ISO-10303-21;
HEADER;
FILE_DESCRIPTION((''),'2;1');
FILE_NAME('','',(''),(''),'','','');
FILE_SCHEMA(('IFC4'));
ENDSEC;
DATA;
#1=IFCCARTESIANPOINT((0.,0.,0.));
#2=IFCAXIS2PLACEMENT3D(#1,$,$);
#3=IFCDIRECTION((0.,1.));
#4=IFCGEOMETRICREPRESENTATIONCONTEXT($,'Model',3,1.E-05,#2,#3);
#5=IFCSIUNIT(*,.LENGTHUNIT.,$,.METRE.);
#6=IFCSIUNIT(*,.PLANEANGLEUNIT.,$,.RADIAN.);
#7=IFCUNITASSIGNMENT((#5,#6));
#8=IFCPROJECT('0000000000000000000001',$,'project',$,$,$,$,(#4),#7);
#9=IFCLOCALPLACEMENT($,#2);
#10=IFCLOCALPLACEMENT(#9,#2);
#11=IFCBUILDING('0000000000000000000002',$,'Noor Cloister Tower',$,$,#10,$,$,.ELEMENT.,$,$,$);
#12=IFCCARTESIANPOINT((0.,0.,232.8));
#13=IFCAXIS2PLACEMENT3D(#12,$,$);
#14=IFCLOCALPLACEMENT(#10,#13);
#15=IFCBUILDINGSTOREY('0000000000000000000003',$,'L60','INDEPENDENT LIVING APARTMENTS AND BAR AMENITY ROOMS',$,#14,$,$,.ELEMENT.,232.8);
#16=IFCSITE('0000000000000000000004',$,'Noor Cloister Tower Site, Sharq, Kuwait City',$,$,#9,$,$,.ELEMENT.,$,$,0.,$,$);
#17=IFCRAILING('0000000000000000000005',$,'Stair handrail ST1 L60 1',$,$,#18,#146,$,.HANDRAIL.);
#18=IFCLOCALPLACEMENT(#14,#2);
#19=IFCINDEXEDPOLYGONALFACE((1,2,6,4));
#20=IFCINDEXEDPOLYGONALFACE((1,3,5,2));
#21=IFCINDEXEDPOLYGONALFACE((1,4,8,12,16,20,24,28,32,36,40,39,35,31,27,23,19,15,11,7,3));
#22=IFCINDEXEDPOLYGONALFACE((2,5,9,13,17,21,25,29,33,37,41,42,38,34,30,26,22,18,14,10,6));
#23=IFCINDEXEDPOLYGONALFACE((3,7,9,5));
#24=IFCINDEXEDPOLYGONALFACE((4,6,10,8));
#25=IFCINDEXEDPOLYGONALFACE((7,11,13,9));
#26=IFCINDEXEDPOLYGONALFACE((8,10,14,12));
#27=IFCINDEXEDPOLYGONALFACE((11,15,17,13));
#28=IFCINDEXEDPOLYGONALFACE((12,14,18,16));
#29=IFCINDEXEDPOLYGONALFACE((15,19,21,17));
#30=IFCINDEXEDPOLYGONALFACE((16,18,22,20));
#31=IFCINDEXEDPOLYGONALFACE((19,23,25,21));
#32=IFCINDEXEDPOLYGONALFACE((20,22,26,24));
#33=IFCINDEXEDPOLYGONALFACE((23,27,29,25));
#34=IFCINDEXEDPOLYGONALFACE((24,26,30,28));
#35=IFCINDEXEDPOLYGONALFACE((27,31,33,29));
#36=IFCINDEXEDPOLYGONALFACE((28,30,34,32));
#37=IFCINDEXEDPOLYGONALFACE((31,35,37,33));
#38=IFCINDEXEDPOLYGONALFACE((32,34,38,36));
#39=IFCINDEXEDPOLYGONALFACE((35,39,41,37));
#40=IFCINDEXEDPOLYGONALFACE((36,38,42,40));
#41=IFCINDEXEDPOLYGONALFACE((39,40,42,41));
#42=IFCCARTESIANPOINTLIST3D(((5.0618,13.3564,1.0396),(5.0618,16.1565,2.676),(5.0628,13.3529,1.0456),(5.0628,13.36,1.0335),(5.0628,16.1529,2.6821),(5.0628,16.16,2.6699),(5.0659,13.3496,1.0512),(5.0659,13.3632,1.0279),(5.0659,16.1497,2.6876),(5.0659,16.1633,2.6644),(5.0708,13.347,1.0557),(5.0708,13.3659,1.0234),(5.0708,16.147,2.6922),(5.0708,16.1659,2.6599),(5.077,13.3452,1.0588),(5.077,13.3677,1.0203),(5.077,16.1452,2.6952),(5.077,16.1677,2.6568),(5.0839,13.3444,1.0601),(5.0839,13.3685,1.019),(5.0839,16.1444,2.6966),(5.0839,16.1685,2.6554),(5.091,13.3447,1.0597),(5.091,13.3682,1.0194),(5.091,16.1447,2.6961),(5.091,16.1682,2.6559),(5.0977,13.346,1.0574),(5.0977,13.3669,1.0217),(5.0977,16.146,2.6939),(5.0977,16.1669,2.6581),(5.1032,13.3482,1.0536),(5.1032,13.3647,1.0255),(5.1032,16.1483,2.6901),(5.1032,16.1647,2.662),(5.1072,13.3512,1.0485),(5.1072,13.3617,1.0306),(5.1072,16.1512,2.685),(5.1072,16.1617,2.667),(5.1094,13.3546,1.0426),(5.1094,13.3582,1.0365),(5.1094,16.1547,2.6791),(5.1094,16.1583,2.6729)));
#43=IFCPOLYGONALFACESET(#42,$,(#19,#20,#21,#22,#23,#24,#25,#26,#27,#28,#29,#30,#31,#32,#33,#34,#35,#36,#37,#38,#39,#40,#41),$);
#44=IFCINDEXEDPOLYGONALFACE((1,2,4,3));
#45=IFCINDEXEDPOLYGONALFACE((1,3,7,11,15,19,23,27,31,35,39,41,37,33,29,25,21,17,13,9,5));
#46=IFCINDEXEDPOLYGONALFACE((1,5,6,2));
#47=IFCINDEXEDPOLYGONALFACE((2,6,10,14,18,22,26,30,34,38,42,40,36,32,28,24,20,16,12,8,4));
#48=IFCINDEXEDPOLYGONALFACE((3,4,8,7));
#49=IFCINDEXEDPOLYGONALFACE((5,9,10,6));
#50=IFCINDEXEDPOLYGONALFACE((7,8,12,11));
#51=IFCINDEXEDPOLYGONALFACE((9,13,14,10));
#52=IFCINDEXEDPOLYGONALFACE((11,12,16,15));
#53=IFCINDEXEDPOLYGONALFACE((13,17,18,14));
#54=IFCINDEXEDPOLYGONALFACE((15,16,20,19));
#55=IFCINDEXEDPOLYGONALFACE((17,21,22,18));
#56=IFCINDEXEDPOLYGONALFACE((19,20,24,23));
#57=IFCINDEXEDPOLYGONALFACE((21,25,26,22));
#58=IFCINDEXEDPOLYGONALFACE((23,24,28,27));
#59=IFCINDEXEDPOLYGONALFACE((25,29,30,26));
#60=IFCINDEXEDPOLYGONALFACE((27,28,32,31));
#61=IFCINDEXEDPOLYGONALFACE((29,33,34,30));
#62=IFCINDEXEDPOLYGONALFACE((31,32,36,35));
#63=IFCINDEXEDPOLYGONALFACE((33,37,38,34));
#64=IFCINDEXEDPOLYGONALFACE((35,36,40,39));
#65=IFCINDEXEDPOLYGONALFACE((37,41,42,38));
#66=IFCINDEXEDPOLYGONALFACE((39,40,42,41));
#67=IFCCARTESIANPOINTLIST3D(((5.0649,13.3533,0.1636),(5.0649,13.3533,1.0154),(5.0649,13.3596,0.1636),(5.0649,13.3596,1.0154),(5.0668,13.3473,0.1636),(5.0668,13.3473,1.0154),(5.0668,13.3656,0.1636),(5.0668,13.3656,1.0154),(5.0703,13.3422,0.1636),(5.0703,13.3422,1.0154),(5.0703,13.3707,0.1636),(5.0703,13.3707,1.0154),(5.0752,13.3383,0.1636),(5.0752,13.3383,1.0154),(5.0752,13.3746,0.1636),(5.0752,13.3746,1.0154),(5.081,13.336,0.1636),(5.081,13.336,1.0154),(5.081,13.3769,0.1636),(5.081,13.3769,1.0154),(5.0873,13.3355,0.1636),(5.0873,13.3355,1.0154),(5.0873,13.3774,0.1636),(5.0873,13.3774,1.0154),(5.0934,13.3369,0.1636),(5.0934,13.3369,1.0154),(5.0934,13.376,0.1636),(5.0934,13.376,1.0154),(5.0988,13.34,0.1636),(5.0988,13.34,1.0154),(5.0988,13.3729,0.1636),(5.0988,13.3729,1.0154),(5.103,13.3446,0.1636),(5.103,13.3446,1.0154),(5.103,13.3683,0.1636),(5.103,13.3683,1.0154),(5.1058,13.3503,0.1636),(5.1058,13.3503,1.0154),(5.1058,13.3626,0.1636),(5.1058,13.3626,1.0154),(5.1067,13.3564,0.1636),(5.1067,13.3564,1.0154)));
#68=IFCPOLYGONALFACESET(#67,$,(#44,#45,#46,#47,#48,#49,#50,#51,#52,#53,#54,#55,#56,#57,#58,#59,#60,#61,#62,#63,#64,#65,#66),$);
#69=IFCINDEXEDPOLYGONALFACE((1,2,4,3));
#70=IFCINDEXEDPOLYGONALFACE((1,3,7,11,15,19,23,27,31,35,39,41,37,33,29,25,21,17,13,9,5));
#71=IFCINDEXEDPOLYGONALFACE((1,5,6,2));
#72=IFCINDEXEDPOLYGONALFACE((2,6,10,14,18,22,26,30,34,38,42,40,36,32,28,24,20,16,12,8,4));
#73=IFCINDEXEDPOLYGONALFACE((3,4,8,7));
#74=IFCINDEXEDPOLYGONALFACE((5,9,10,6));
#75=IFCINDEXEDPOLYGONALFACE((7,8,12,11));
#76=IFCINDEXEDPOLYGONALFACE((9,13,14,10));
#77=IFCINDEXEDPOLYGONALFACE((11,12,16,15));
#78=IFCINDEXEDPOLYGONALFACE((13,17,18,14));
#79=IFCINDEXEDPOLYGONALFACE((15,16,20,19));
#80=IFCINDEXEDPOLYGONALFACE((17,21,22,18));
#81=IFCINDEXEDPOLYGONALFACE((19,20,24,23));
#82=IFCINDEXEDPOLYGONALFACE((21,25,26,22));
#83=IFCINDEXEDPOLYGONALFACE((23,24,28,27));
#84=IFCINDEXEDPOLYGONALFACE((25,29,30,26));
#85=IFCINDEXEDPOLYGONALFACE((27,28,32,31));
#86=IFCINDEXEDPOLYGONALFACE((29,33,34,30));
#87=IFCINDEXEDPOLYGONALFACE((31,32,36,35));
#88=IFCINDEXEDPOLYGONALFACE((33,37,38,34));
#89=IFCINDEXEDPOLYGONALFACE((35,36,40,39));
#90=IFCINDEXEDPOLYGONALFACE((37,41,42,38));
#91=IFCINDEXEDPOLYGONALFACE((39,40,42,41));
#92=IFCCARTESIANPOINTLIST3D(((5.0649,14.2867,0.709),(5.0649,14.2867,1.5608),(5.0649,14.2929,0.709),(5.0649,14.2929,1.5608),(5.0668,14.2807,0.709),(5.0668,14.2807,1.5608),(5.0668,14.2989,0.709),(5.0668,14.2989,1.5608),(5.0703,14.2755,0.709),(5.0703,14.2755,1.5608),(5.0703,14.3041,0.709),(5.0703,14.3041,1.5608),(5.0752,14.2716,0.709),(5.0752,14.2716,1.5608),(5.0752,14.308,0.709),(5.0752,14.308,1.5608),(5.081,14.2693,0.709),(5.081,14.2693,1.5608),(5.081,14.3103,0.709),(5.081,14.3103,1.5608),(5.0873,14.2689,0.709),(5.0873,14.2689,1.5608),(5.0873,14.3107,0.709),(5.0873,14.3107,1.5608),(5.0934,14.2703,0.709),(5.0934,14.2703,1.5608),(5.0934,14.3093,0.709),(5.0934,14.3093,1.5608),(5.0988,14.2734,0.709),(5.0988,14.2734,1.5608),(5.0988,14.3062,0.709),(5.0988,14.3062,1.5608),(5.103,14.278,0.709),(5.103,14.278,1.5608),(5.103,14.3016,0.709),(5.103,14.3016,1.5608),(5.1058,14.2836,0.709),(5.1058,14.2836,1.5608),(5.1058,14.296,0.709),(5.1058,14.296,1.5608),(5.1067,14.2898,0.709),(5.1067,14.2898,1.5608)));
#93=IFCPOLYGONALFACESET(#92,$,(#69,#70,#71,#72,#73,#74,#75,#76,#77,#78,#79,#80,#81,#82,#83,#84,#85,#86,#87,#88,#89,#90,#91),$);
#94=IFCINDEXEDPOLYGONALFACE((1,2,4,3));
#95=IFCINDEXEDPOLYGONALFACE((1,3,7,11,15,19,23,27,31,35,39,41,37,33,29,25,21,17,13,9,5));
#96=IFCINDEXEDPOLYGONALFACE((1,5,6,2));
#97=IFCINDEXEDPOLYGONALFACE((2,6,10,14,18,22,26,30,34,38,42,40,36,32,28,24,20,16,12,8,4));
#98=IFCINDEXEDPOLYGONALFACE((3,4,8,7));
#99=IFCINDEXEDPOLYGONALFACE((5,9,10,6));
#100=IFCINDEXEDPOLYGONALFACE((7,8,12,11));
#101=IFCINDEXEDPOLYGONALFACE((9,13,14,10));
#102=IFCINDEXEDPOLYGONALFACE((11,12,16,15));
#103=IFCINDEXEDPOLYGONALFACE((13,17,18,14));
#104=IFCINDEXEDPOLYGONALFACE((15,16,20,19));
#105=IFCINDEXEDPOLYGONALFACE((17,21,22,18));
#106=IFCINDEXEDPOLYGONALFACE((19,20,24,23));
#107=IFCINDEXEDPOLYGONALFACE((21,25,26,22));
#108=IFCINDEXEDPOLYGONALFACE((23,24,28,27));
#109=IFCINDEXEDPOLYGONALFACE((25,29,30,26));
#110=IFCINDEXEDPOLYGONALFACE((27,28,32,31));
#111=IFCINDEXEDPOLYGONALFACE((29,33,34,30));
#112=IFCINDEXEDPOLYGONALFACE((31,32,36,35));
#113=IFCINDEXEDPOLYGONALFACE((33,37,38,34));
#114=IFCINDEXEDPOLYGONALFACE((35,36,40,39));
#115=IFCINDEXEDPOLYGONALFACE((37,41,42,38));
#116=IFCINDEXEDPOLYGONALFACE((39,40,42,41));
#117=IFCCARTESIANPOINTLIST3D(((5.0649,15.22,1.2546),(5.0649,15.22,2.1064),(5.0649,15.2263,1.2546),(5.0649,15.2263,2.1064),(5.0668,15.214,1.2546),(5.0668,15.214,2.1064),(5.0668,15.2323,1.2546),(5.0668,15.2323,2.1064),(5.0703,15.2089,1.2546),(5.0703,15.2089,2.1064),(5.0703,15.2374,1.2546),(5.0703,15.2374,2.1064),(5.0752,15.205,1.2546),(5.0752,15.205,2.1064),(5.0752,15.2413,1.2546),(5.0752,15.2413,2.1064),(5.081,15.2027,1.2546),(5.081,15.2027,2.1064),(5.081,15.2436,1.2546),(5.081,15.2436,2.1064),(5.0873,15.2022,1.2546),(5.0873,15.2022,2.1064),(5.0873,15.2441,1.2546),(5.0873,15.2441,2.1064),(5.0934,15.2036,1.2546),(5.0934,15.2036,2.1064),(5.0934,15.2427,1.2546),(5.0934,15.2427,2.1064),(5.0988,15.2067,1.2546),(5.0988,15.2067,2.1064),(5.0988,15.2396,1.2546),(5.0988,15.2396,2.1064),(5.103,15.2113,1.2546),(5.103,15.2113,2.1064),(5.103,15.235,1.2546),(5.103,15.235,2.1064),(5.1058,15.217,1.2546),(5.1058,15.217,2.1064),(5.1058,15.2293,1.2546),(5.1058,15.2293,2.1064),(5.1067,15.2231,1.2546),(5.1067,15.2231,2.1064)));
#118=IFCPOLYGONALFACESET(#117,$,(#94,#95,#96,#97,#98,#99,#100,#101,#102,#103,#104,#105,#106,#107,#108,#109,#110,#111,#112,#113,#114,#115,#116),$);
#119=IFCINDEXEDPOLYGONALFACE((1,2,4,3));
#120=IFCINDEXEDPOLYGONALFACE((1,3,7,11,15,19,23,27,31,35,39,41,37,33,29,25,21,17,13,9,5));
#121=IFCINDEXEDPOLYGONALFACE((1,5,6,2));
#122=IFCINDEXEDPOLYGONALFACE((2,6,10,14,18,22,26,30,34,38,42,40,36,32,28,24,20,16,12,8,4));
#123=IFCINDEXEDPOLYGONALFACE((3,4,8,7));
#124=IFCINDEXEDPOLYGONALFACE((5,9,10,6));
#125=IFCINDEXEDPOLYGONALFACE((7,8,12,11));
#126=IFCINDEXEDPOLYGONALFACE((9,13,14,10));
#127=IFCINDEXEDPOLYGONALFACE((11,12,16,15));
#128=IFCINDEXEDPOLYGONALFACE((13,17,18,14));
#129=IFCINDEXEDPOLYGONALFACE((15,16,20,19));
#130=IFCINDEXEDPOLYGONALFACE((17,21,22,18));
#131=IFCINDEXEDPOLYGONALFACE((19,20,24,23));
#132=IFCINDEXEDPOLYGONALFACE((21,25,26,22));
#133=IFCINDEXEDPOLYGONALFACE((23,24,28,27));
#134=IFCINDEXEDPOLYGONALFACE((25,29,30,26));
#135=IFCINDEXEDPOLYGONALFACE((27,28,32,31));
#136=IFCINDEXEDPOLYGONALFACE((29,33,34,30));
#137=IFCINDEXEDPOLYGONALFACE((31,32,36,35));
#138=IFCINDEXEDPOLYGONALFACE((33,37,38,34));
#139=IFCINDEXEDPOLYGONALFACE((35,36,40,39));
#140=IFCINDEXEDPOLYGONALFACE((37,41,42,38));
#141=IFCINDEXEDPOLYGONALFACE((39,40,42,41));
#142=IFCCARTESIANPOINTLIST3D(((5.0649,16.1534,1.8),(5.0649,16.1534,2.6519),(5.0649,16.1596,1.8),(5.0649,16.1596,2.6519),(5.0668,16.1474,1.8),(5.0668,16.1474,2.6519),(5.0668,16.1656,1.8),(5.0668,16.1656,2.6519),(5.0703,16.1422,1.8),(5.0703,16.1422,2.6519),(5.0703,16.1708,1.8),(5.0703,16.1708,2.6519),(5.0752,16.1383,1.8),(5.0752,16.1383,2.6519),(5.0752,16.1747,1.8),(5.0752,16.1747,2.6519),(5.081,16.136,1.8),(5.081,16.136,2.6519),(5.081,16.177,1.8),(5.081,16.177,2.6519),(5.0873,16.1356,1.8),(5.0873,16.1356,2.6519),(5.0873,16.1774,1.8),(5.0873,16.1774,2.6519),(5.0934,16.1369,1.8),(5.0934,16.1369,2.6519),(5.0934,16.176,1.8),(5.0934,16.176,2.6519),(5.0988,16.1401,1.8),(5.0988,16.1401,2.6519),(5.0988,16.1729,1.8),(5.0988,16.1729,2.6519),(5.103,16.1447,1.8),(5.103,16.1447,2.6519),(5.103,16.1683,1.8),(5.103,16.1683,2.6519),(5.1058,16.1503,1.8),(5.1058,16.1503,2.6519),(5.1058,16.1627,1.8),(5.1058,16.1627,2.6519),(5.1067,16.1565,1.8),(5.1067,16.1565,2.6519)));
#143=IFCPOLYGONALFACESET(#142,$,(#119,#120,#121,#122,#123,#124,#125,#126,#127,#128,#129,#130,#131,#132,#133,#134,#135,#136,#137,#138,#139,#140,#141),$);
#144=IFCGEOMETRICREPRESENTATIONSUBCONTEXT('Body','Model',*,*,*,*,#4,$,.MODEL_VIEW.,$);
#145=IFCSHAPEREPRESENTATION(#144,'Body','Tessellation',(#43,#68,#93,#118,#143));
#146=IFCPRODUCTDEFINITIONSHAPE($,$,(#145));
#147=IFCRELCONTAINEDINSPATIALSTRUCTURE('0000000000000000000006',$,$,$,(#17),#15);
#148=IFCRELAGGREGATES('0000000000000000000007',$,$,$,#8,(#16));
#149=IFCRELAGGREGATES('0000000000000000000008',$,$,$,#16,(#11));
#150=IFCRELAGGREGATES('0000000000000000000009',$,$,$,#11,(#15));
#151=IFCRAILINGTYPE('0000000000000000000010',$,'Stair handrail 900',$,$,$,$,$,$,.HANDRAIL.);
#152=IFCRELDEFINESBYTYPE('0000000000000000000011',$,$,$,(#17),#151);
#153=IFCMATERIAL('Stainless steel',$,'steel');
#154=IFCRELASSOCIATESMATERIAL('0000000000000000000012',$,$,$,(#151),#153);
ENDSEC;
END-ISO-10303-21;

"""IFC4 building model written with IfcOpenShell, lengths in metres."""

from ifc_helpers import new_model, si_unit, direction, frame, origin, origin_2d, place, context, subcontext, project, spatial, circle, extrude, material, type_object, element, save


model = new_model("IFC4")

# Units and contexts
model_context = context("Model", 3, precision=1e-05, world=origin(), true_north=direction((0.0, 1.0)))
body_context = subcontext(model_context, "Body", "Model", "MODEL_VIEW")
ifc_project = project(units=[si_unit("LENGTHUNIT", "METRE"), si_unit("PLANEANGLEUNIT", "RADIAN")], contexts=[model_context])

# Site, building, storey
site_placement = place(None, origin())
site = spatial("IfcSite", under=ifc_project, at=site_placement, Name="Noor Cloister Tower Site, Sharq, Kuwait City", CompositionType="ELEMENT", RefElevation=0.0)
building_placement = place(site_placement, origin())
building = spatial("IfcBuilding", under=site, at=building_placement, Name="Noor Cloister Tower", CompositionType="ELEMENT")
storey_placement = place(building_placement, frame((0.0, 0.0, 232.8)))
storey = spatial("IfcBuildingStorey", under=building, at=storey_placement, Name="L60", Description="INDEPENDENT LIVING APARTMENTS AND BAR AMENITY ROOMS", CompositionType="ELEMENT", Elevation=232.8)

# Railing
ifc_material_1 = material(Name="Stainless steel", Category="steel")
railing_type_1 = type_object("IfcRailingType", Name="Stair handrail 900", PredefinedType="HANDRAIL", material=ifc_material_1)
railing_1_placement = place(storey_placement, frame((5.0857, 13.3564, 0.1636)))
element("IfcRailing", 1, at=railing_1_placement, inside=storey, type_object=railing_type_1, Name="Stair handrail ST1 L60 1", PredefinedType="HANDRAIL", context=body_context, shape_type="SweptSolid", body=[
    extrude(circle(Radius=0.0239, at=origin_2d()), frame((0.0, 0.0, 0.876), z_axis=(0.0, 0.863361, 0.504587), x_axis=(-1.0, 0.0, 0.0)), (0.0, 0.0, 1.0), 3.2432),
    extrude(circle(Radius=0.021, at=origin_2d()), origin(), (0.0, 0.0, 1.0), 0.8518),
    extrude(circle(Radius=0.021, at=origin_2d()), frame((0.0, 0.9333, 0.5454)), (0.0, 0.0, 1.0), 0.8518),
    extrude(circle(Radius=0.021, at=origin_2d()), frame((0.0, 1.8667, 1.0911)), (0.0, 0.0, 1.0), 0.8518),
    extrude(circle(Radius=0.021, at=origin_2d()), frame((0.0, 2.8, 1.6365)), (0.0, 0.0, 1.0), 0.8518),
])

save(model, "model.ifc")
